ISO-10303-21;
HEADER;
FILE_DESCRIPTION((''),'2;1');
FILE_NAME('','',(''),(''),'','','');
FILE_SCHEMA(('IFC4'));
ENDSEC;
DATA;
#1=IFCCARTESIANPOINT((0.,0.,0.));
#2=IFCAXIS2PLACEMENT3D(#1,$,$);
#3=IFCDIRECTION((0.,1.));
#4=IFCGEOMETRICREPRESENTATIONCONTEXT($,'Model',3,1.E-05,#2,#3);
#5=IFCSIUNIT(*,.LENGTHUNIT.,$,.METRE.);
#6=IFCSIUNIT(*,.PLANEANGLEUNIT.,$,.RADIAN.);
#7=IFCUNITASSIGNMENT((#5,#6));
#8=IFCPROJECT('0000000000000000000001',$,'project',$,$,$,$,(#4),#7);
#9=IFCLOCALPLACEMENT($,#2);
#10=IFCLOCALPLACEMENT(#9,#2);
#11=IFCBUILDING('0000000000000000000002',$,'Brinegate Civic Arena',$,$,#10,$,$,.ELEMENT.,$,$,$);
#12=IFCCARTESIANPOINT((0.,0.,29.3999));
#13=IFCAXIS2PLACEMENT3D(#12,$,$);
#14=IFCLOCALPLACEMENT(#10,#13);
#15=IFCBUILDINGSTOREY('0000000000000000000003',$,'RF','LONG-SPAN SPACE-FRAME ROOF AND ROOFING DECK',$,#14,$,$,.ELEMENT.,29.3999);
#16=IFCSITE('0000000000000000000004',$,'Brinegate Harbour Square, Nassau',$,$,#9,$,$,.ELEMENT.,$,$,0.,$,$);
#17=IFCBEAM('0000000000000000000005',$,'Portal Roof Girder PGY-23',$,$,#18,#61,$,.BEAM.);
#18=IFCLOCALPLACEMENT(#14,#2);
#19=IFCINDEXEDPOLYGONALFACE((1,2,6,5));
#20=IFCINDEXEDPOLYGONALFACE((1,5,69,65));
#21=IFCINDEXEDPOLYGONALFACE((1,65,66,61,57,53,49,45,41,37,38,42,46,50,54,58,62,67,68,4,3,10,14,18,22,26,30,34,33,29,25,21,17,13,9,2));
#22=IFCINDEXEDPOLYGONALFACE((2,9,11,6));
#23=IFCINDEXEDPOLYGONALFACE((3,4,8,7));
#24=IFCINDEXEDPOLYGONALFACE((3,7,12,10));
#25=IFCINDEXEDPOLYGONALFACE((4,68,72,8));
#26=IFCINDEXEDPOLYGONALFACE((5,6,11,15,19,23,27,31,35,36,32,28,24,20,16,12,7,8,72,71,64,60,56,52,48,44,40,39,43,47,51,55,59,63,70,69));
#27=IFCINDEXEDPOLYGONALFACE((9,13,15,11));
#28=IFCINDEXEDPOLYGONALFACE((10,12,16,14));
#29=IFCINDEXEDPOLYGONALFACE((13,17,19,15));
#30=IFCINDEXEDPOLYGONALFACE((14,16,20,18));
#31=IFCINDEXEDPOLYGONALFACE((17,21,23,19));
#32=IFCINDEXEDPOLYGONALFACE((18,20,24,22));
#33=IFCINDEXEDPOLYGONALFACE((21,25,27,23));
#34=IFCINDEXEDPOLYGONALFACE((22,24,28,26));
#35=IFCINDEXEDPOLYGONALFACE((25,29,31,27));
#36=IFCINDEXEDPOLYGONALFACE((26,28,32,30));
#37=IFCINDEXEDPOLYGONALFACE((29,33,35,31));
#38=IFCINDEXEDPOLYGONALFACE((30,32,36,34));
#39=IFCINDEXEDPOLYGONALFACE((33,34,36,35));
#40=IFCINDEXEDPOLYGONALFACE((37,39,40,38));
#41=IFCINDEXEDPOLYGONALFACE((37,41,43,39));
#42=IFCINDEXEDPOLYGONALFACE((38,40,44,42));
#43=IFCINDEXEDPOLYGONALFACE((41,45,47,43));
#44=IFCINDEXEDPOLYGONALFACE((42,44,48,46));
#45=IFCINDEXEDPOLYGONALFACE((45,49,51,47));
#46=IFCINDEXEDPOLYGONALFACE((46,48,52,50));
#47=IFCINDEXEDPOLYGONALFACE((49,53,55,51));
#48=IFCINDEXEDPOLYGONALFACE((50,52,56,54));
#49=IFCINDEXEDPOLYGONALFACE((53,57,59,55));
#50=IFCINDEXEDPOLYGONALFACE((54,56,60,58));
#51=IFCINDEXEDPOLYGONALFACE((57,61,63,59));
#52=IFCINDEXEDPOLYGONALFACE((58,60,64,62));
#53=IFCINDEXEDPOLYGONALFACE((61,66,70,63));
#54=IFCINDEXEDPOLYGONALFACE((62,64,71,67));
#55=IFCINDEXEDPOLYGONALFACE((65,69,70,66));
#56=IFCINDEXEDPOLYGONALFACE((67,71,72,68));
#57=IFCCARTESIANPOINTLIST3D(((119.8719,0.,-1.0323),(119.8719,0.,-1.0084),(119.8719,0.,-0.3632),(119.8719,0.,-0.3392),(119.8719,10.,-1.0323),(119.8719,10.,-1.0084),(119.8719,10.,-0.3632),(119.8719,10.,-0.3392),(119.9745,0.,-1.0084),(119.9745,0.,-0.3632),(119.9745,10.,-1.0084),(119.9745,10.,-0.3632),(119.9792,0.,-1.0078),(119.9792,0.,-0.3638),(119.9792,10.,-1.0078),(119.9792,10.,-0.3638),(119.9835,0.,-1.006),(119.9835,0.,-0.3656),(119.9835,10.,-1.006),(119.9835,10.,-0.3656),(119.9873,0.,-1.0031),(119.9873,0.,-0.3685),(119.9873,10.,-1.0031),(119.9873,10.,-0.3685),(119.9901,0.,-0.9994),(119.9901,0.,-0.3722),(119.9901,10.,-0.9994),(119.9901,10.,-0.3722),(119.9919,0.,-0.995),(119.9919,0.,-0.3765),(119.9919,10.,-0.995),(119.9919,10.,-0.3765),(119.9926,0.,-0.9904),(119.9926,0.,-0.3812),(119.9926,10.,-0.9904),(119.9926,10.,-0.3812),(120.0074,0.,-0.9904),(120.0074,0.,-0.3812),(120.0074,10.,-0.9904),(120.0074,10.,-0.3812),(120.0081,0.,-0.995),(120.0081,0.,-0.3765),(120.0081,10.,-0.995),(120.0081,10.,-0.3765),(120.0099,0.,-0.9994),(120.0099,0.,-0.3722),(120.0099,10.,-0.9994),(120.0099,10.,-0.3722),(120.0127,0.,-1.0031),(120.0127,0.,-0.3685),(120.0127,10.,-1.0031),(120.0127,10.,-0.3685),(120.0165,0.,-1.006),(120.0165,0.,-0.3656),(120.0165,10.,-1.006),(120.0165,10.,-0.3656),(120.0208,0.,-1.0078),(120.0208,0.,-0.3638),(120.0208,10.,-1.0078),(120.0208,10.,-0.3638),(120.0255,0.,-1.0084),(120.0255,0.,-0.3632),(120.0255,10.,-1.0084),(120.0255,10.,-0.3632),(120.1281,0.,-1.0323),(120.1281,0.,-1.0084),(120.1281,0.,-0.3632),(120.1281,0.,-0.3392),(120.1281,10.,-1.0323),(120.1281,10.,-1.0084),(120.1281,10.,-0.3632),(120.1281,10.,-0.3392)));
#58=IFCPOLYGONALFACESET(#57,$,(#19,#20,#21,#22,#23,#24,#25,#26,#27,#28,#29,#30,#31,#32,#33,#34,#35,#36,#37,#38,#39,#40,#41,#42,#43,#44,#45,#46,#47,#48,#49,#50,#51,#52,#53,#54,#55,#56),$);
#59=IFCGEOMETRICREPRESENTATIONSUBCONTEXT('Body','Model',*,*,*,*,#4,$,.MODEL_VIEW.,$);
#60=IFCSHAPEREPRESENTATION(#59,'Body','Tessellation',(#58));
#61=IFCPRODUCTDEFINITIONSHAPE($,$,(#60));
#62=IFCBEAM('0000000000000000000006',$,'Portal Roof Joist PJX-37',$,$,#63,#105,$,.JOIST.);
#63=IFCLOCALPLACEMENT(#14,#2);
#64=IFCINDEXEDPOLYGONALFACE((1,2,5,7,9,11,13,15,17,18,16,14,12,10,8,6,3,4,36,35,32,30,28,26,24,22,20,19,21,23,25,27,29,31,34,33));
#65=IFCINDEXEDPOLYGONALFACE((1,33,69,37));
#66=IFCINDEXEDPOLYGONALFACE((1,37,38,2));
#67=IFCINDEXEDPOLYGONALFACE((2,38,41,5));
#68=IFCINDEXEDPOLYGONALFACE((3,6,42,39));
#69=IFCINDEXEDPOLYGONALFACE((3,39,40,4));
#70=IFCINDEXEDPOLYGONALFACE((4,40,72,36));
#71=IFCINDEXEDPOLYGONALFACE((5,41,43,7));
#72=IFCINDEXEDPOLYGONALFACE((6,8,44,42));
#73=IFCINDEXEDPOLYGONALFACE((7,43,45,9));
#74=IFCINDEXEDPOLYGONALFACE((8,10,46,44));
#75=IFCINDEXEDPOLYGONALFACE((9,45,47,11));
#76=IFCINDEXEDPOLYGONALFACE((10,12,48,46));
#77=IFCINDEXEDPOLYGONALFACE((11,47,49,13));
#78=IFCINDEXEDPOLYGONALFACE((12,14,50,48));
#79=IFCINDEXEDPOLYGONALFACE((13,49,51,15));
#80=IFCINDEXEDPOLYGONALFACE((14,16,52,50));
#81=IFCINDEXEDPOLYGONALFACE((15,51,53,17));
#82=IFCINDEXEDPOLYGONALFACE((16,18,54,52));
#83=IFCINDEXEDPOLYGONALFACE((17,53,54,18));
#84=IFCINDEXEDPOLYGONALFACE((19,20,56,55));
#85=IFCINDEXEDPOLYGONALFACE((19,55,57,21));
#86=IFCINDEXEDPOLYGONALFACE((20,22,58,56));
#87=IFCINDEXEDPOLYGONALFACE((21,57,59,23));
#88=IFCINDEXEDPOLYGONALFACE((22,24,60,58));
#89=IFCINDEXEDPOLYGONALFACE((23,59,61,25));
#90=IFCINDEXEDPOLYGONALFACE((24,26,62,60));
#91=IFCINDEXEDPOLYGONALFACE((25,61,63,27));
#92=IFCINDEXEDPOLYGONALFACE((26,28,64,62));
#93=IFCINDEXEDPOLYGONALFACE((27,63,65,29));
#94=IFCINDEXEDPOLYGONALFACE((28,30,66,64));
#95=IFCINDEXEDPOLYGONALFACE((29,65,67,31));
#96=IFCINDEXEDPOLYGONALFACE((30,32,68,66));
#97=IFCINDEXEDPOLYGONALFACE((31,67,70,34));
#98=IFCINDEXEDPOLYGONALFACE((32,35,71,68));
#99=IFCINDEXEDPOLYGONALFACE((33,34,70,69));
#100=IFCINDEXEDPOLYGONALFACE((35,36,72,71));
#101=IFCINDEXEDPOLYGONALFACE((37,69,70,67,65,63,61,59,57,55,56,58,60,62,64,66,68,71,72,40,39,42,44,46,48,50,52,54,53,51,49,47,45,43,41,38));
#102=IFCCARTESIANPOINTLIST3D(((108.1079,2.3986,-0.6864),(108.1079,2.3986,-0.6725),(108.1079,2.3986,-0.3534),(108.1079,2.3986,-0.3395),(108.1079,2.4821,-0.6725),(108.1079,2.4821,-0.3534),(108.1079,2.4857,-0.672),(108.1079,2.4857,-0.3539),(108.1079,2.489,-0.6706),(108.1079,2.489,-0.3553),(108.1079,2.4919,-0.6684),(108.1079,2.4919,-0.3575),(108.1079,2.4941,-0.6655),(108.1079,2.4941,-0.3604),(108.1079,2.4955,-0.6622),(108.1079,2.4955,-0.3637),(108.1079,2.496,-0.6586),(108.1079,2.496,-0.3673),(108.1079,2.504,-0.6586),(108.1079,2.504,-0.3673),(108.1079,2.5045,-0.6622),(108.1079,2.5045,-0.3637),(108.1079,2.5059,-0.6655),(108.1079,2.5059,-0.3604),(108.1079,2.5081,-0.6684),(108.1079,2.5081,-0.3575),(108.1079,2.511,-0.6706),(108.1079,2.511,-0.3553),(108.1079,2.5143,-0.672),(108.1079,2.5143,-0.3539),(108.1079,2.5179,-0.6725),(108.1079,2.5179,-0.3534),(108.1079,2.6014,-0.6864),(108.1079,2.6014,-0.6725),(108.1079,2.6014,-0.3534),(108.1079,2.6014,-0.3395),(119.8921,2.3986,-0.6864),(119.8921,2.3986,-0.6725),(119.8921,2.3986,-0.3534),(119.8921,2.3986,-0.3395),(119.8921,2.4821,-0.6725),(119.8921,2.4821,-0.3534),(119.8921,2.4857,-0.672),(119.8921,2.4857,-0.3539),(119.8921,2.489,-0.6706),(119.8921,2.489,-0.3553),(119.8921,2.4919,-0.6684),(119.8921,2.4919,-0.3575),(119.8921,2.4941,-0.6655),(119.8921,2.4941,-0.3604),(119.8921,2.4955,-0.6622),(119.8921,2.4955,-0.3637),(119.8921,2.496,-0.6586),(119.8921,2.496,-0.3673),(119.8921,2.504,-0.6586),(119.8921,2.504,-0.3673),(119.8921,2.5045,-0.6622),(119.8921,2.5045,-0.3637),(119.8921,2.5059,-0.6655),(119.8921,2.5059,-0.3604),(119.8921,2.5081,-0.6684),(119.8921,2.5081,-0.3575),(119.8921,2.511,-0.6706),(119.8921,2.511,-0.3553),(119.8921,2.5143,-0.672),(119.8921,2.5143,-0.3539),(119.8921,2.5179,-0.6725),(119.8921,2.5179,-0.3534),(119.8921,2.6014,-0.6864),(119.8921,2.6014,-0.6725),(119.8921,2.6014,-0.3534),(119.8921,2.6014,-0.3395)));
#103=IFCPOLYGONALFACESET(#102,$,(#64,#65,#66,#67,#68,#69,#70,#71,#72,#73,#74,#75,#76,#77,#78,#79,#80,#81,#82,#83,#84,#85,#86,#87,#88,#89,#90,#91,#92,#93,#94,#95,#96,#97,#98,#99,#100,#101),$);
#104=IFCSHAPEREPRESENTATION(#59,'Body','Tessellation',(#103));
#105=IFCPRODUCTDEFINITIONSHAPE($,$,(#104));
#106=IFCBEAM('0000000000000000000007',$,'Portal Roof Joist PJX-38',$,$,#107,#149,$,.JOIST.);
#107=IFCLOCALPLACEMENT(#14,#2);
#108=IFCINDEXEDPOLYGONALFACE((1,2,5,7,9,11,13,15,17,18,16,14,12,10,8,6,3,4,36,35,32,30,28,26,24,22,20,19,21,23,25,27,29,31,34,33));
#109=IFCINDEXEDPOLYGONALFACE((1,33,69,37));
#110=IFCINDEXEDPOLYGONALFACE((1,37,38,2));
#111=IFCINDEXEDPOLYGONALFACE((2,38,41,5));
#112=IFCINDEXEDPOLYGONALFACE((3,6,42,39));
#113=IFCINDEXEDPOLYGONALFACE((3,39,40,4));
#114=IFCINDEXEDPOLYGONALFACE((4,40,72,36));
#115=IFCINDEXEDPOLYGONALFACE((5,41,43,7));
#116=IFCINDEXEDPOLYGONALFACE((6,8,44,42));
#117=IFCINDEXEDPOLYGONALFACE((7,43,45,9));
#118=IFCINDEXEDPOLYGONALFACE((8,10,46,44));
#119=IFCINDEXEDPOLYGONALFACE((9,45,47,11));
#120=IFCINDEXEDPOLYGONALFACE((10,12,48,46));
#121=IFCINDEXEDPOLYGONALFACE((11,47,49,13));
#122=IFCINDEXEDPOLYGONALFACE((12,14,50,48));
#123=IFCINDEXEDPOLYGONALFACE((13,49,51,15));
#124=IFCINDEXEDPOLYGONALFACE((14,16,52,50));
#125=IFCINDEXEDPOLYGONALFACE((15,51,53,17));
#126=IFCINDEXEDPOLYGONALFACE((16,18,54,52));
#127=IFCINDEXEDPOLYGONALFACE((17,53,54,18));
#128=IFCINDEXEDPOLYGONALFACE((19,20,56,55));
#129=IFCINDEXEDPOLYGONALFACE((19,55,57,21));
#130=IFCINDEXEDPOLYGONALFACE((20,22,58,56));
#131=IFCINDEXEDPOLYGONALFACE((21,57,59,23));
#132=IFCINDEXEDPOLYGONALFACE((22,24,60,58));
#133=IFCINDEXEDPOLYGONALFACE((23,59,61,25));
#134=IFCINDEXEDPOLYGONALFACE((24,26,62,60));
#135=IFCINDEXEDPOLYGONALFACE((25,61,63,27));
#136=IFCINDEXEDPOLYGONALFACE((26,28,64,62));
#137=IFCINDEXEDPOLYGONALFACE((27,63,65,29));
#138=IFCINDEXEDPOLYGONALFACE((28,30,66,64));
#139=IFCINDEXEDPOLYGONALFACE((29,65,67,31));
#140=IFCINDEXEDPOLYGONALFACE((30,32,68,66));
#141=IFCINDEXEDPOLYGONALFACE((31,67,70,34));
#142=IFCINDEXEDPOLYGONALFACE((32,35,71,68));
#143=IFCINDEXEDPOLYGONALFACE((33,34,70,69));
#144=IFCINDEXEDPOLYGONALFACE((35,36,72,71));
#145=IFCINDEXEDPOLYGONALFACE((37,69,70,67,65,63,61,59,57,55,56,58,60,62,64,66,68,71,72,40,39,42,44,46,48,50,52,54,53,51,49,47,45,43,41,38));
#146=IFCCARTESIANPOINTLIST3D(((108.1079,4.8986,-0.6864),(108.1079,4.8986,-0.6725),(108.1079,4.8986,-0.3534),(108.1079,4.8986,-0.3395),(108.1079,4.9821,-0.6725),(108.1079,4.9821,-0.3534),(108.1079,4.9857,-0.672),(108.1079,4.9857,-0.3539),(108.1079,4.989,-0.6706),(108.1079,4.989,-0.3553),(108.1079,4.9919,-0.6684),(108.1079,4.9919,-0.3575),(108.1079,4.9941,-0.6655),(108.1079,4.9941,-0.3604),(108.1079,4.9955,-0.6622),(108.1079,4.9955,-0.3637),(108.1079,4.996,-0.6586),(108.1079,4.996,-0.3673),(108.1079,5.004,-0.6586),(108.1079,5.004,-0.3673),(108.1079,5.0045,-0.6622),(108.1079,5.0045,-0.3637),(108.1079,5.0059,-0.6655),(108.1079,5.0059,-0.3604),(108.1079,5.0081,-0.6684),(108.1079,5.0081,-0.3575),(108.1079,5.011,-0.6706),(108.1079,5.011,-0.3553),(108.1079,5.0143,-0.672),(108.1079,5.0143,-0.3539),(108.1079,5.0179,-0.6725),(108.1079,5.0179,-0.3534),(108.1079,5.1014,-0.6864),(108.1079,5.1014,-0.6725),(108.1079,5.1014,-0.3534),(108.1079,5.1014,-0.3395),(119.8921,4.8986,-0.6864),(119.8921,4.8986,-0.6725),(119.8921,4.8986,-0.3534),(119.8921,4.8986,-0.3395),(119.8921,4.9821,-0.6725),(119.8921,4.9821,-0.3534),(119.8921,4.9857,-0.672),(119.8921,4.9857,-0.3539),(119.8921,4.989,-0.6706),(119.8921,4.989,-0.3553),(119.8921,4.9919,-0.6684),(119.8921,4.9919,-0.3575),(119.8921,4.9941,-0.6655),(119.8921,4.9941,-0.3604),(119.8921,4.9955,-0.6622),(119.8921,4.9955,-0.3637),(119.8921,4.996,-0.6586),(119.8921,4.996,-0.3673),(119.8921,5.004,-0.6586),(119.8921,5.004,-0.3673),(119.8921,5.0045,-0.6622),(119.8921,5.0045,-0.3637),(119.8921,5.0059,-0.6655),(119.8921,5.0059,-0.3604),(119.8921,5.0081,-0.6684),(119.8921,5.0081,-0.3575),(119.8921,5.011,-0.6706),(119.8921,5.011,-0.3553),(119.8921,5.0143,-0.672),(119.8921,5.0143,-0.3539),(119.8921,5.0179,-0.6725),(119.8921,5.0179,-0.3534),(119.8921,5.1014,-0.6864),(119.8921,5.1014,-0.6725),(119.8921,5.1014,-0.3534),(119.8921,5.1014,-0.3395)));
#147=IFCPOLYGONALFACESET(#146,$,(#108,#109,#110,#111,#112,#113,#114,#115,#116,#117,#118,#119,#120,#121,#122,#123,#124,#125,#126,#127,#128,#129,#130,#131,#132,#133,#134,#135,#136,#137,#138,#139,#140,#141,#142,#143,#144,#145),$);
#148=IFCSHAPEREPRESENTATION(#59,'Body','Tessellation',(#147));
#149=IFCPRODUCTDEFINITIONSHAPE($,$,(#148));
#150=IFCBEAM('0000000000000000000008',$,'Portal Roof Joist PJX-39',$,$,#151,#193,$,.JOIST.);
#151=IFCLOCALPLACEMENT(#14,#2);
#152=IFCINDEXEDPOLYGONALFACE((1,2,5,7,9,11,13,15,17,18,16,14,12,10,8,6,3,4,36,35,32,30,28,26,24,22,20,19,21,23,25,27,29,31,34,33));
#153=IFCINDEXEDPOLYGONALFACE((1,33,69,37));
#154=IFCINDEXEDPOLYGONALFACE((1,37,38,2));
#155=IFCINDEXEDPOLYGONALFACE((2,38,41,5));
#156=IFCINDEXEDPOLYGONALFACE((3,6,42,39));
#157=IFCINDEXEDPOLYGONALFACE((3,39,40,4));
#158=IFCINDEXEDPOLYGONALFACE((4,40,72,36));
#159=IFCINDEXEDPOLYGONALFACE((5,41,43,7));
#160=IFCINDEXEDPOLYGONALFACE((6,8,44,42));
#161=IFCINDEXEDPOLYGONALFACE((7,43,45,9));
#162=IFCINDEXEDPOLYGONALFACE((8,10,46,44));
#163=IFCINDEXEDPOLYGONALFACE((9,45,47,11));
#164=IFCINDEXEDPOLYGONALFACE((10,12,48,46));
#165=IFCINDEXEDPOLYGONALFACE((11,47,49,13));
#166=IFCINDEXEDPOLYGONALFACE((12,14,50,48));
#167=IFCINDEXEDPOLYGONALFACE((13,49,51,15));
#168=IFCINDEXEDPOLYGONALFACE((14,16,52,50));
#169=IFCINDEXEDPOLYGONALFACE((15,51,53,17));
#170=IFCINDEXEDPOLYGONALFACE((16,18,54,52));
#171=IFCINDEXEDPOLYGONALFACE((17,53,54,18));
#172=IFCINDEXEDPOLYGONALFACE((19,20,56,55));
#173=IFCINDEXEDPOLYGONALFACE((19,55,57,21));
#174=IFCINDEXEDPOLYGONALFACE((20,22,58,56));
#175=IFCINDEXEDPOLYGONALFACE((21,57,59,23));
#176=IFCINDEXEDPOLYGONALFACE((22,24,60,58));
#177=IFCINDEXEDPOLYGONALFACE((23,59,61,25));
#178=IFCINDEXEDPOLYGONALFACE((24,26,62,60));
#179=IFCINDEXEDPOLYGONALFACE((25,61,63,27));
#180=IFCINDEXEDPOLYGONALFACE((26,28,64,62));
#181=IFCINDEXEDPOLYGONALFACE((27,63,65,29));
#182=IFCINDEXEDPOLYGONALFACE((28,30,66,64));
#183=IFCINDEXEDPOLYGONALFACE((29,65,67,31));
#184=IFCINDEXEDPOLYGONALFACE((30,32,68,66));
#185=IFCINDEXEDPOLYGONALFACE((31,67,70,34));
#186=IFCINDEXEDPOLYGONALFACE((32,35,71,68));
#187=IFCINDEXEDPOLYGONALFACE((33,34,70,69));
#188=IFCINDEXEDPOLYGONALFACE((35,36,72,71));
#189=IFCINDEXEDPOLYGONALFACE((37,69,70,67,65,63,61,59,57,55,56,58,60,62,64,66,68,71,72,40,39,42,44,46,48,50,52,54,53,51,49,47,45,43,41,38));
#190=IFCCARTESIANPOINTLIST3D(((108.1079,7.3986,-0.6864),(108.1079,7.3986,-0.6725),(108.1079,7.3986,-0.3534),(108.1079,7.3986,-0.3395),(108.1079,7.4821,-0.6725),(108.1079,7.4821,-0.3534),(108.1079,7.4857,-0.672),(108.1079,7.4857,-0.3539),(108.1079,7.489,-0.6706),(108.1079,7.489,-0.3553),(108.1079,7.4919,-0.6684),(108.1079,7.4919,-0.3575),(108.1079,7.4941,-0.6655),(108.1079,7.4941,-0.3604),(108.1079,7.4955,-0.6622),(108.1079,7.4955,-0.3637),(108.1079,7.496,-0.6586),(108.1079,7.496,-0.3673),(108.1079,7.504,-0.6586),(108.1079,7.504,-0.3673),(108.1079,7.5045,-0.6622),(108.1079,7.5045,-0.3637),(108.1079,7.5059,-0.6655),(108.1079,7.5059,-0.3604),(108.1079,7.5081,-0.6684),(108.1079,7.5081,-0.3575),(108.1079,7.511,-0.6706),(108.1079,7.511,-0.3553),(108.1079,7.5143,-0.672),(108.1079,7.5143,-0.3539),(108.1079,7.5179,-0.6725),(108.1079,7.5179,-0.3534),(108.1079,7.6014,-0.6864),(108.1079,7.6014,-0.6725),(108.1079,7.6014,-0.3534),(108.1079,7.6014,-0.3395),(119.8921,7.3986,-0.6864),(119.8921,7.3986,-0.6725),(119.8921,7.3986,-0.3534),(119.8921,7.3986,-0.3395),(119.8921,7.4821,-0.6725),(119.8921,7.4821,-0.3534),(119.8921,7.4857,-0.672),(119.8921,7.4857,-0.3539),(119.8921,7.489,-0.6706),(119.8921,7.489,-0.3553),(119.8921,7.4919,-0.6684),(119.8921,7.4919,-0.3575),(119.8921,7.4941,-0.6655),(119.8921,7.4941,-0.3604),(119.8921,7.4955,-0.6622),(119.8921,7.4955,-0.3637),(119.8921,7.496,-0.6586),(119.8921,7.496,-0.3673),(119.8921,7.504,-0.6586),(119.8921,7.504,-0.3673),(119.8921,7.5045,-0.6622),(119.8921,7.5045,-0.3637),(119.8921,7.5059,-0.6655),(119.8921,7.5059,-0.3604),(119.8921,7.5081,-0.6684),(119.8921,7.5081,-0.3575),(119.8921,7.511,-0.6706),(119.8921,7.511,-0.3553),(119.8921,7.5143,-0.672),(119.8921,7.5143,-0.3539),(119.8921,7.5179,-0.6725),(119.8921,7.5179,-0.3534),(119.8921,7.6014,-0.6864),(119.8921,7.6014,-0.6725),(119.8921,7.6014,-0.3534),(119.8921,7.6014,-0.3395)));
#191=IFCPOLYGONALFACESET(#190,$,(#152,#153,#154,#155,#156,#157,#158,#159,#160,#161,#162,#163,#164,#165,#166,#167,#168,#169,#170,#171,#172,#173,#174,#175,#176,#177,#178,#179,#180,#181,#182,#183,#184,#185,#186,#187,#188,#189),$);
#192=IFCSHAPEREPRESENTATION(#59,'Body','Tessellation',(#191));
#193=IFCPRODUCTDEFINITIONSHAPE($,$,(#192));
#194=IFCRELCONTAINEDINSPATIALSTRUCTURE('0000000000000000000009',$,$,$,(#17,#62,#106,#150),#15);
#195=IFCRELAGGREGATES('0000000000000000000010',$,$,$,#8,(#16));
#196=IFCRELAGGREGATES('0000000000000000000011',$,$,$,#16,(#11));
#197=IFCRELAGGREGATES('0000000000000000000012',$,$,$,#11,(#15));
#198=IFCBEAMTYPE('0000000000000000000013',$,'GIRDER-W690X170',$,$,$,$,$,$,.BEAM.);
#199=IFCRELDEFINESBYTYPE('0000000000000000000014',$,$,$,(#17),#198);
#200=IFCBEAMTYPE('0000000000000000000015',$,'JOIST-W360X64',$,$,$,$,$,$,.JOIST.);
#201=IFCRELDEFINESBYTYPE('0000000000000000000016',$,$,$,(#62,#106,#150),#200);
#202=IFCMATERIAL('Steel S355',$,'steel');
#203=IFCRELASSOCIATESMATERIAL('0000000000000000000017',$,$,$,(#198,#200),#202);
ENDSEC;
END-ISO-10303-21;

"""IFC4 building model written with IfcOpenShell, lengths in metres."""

from ifc_helpers import new_model, si_unit, direction, frame, origin, origin_2d, place, context, subcontext, project, spatial, i_section, extrude, material, material_profile, profile_set, type_object, element, save


model = new_model("IFC4")

# Units and contexts
model_context = context("Model", 3, precision=1e-05, world=origin(), true_north=direction((0.0, 1.0)))
body_context = subcontext(model_context, "Body", "Model", "MODEL_VIEW")
ifc_project = project(units=[si_unit("LENGTHUNIT", "METRE"), si_unit("PLANEANGLEUNIT", "RADIAN")], contexts=[model_context])

# Site, building, storey
site_placement = place(None, origin())
site = spatial("IfcSite", under=ifc_project, at=site_placement, Name="Brinegate Harbour Square, Nassau", CompositionType="ELEMENT", RefElevation=0.0)
building_placement = place(site_placement, origin())
building = spatial("IfcBuilding", under=site, at=building_placement, Name="Brinegate Civic Arena", CompositionType="ELEMENT")
storey_placement = place(building_placement, frame((0.0, 0.0, 29.3999)))
storey = spatial("IfcBuildingStorey", under=building, at=storey_placement, Name="RF", Description="LONG-SPAN SPACE-FRAME ROOF AND ROOFING DECK", CompositionType="ELEMENT", Elevation=29.3999)

# Beams
ifc_material_1 = material(Name="Steel S355", Category="steel")
ifc_material_profile_1 = material_profile(ifc_material_1, i_section(OverallWidth=0.2561, OverallDepth=0.6931, WebThickness=0.0149, FlangeThickness=0.0239, FilletRadius=0.0181, at=origin_2d()), Name="W690X170")
ifc_profile_set_1 = profile_set([ifc_material_profile_1], Name="Steel S355")
beam_type_1 = type_object("IfcBeamType", Name="GIRDER-W690X170", PredefinedType="BEAM", material=ifc_profile_set_1)
beam_placement = place(storey_placement, frame((120.0, 0.0, -0.6858), z_axis=(0.0, 1.0, 0.0), x_axis=(-1.0, 0.0, 0.0)))
element("IfcBeam", 1, at=beam_placement, inside=storey, type_object=beam_type_1, Name="Portal Roof Girder PGY-23", PredefinedType="BEAM", context=body_context, shape_type="SweptSolid", body=[
    extrude(i_section(OverallWidth=0.2561, OverallDepth=0.6931, WebThickness=0.0149, FlangeThickness=0.0239, FilletRadius=0.0181, at=origin_2d()), origin(), (0.0, 0.0, 1.0), 10.0),
])
ifc_material_profile_2 = material_profile(ifc_material_1, i_section(OverallWidth=0.2029, OverallDepth=0.3469, WebThickness=0.0081, FlangeThickness=0.0139, FilletRadius=0.0139, at=origin_2d()), Name="W360X64")
ifc_profile_set_2 = profile_set([ifc_material_profile_2], Name="Steel S355")
beam_type_2 = type_object("IfcBeamType", Name="JOIST-W360X64", PredefinedType="JOIST", material=ifc_profile_set_2)
for number, where, z_axis, x_axis, name in (
    (2, (108.1079, 2.5, -0.5129), (1.0, 0.0, 0.0), (0.0, 1.0, 0.0), "Portal Roof Joist PJX-37"),
    (3, (108.1079, 5.0, -0.5129), (1.0, 0.0, 0.0), (0.0, 1.0, 0.0), "Portal Roof Joist PJX-38"),
    (4, (108.1079, 7.5, -0.5129), (1.0, 0.0, 0.0), (0.0, 1.0, 0.0), "Portal Roof Joist PJX-39"),
):
    element("IfcBeam", number, at=place(storey_placement, frame(where, z_axis=z_axis, x_axis=x_axis)), inside=storey, type_object=beam_type_2, Name=name, PredefinedType="JOIST", context=body_context, shape_type="SweptSolid", body=[
        extrude(i_section(OverallWidth=0.2029, OverallDepth=0.3469, WebThickness=0.0081, FlangeThickness=0.0139, FilletRadius=0.0139, at=origin_2d()), origin(), (0.0, 0.0, 1.0), 11.7842),
    ])

save(model, "model.ifc")
